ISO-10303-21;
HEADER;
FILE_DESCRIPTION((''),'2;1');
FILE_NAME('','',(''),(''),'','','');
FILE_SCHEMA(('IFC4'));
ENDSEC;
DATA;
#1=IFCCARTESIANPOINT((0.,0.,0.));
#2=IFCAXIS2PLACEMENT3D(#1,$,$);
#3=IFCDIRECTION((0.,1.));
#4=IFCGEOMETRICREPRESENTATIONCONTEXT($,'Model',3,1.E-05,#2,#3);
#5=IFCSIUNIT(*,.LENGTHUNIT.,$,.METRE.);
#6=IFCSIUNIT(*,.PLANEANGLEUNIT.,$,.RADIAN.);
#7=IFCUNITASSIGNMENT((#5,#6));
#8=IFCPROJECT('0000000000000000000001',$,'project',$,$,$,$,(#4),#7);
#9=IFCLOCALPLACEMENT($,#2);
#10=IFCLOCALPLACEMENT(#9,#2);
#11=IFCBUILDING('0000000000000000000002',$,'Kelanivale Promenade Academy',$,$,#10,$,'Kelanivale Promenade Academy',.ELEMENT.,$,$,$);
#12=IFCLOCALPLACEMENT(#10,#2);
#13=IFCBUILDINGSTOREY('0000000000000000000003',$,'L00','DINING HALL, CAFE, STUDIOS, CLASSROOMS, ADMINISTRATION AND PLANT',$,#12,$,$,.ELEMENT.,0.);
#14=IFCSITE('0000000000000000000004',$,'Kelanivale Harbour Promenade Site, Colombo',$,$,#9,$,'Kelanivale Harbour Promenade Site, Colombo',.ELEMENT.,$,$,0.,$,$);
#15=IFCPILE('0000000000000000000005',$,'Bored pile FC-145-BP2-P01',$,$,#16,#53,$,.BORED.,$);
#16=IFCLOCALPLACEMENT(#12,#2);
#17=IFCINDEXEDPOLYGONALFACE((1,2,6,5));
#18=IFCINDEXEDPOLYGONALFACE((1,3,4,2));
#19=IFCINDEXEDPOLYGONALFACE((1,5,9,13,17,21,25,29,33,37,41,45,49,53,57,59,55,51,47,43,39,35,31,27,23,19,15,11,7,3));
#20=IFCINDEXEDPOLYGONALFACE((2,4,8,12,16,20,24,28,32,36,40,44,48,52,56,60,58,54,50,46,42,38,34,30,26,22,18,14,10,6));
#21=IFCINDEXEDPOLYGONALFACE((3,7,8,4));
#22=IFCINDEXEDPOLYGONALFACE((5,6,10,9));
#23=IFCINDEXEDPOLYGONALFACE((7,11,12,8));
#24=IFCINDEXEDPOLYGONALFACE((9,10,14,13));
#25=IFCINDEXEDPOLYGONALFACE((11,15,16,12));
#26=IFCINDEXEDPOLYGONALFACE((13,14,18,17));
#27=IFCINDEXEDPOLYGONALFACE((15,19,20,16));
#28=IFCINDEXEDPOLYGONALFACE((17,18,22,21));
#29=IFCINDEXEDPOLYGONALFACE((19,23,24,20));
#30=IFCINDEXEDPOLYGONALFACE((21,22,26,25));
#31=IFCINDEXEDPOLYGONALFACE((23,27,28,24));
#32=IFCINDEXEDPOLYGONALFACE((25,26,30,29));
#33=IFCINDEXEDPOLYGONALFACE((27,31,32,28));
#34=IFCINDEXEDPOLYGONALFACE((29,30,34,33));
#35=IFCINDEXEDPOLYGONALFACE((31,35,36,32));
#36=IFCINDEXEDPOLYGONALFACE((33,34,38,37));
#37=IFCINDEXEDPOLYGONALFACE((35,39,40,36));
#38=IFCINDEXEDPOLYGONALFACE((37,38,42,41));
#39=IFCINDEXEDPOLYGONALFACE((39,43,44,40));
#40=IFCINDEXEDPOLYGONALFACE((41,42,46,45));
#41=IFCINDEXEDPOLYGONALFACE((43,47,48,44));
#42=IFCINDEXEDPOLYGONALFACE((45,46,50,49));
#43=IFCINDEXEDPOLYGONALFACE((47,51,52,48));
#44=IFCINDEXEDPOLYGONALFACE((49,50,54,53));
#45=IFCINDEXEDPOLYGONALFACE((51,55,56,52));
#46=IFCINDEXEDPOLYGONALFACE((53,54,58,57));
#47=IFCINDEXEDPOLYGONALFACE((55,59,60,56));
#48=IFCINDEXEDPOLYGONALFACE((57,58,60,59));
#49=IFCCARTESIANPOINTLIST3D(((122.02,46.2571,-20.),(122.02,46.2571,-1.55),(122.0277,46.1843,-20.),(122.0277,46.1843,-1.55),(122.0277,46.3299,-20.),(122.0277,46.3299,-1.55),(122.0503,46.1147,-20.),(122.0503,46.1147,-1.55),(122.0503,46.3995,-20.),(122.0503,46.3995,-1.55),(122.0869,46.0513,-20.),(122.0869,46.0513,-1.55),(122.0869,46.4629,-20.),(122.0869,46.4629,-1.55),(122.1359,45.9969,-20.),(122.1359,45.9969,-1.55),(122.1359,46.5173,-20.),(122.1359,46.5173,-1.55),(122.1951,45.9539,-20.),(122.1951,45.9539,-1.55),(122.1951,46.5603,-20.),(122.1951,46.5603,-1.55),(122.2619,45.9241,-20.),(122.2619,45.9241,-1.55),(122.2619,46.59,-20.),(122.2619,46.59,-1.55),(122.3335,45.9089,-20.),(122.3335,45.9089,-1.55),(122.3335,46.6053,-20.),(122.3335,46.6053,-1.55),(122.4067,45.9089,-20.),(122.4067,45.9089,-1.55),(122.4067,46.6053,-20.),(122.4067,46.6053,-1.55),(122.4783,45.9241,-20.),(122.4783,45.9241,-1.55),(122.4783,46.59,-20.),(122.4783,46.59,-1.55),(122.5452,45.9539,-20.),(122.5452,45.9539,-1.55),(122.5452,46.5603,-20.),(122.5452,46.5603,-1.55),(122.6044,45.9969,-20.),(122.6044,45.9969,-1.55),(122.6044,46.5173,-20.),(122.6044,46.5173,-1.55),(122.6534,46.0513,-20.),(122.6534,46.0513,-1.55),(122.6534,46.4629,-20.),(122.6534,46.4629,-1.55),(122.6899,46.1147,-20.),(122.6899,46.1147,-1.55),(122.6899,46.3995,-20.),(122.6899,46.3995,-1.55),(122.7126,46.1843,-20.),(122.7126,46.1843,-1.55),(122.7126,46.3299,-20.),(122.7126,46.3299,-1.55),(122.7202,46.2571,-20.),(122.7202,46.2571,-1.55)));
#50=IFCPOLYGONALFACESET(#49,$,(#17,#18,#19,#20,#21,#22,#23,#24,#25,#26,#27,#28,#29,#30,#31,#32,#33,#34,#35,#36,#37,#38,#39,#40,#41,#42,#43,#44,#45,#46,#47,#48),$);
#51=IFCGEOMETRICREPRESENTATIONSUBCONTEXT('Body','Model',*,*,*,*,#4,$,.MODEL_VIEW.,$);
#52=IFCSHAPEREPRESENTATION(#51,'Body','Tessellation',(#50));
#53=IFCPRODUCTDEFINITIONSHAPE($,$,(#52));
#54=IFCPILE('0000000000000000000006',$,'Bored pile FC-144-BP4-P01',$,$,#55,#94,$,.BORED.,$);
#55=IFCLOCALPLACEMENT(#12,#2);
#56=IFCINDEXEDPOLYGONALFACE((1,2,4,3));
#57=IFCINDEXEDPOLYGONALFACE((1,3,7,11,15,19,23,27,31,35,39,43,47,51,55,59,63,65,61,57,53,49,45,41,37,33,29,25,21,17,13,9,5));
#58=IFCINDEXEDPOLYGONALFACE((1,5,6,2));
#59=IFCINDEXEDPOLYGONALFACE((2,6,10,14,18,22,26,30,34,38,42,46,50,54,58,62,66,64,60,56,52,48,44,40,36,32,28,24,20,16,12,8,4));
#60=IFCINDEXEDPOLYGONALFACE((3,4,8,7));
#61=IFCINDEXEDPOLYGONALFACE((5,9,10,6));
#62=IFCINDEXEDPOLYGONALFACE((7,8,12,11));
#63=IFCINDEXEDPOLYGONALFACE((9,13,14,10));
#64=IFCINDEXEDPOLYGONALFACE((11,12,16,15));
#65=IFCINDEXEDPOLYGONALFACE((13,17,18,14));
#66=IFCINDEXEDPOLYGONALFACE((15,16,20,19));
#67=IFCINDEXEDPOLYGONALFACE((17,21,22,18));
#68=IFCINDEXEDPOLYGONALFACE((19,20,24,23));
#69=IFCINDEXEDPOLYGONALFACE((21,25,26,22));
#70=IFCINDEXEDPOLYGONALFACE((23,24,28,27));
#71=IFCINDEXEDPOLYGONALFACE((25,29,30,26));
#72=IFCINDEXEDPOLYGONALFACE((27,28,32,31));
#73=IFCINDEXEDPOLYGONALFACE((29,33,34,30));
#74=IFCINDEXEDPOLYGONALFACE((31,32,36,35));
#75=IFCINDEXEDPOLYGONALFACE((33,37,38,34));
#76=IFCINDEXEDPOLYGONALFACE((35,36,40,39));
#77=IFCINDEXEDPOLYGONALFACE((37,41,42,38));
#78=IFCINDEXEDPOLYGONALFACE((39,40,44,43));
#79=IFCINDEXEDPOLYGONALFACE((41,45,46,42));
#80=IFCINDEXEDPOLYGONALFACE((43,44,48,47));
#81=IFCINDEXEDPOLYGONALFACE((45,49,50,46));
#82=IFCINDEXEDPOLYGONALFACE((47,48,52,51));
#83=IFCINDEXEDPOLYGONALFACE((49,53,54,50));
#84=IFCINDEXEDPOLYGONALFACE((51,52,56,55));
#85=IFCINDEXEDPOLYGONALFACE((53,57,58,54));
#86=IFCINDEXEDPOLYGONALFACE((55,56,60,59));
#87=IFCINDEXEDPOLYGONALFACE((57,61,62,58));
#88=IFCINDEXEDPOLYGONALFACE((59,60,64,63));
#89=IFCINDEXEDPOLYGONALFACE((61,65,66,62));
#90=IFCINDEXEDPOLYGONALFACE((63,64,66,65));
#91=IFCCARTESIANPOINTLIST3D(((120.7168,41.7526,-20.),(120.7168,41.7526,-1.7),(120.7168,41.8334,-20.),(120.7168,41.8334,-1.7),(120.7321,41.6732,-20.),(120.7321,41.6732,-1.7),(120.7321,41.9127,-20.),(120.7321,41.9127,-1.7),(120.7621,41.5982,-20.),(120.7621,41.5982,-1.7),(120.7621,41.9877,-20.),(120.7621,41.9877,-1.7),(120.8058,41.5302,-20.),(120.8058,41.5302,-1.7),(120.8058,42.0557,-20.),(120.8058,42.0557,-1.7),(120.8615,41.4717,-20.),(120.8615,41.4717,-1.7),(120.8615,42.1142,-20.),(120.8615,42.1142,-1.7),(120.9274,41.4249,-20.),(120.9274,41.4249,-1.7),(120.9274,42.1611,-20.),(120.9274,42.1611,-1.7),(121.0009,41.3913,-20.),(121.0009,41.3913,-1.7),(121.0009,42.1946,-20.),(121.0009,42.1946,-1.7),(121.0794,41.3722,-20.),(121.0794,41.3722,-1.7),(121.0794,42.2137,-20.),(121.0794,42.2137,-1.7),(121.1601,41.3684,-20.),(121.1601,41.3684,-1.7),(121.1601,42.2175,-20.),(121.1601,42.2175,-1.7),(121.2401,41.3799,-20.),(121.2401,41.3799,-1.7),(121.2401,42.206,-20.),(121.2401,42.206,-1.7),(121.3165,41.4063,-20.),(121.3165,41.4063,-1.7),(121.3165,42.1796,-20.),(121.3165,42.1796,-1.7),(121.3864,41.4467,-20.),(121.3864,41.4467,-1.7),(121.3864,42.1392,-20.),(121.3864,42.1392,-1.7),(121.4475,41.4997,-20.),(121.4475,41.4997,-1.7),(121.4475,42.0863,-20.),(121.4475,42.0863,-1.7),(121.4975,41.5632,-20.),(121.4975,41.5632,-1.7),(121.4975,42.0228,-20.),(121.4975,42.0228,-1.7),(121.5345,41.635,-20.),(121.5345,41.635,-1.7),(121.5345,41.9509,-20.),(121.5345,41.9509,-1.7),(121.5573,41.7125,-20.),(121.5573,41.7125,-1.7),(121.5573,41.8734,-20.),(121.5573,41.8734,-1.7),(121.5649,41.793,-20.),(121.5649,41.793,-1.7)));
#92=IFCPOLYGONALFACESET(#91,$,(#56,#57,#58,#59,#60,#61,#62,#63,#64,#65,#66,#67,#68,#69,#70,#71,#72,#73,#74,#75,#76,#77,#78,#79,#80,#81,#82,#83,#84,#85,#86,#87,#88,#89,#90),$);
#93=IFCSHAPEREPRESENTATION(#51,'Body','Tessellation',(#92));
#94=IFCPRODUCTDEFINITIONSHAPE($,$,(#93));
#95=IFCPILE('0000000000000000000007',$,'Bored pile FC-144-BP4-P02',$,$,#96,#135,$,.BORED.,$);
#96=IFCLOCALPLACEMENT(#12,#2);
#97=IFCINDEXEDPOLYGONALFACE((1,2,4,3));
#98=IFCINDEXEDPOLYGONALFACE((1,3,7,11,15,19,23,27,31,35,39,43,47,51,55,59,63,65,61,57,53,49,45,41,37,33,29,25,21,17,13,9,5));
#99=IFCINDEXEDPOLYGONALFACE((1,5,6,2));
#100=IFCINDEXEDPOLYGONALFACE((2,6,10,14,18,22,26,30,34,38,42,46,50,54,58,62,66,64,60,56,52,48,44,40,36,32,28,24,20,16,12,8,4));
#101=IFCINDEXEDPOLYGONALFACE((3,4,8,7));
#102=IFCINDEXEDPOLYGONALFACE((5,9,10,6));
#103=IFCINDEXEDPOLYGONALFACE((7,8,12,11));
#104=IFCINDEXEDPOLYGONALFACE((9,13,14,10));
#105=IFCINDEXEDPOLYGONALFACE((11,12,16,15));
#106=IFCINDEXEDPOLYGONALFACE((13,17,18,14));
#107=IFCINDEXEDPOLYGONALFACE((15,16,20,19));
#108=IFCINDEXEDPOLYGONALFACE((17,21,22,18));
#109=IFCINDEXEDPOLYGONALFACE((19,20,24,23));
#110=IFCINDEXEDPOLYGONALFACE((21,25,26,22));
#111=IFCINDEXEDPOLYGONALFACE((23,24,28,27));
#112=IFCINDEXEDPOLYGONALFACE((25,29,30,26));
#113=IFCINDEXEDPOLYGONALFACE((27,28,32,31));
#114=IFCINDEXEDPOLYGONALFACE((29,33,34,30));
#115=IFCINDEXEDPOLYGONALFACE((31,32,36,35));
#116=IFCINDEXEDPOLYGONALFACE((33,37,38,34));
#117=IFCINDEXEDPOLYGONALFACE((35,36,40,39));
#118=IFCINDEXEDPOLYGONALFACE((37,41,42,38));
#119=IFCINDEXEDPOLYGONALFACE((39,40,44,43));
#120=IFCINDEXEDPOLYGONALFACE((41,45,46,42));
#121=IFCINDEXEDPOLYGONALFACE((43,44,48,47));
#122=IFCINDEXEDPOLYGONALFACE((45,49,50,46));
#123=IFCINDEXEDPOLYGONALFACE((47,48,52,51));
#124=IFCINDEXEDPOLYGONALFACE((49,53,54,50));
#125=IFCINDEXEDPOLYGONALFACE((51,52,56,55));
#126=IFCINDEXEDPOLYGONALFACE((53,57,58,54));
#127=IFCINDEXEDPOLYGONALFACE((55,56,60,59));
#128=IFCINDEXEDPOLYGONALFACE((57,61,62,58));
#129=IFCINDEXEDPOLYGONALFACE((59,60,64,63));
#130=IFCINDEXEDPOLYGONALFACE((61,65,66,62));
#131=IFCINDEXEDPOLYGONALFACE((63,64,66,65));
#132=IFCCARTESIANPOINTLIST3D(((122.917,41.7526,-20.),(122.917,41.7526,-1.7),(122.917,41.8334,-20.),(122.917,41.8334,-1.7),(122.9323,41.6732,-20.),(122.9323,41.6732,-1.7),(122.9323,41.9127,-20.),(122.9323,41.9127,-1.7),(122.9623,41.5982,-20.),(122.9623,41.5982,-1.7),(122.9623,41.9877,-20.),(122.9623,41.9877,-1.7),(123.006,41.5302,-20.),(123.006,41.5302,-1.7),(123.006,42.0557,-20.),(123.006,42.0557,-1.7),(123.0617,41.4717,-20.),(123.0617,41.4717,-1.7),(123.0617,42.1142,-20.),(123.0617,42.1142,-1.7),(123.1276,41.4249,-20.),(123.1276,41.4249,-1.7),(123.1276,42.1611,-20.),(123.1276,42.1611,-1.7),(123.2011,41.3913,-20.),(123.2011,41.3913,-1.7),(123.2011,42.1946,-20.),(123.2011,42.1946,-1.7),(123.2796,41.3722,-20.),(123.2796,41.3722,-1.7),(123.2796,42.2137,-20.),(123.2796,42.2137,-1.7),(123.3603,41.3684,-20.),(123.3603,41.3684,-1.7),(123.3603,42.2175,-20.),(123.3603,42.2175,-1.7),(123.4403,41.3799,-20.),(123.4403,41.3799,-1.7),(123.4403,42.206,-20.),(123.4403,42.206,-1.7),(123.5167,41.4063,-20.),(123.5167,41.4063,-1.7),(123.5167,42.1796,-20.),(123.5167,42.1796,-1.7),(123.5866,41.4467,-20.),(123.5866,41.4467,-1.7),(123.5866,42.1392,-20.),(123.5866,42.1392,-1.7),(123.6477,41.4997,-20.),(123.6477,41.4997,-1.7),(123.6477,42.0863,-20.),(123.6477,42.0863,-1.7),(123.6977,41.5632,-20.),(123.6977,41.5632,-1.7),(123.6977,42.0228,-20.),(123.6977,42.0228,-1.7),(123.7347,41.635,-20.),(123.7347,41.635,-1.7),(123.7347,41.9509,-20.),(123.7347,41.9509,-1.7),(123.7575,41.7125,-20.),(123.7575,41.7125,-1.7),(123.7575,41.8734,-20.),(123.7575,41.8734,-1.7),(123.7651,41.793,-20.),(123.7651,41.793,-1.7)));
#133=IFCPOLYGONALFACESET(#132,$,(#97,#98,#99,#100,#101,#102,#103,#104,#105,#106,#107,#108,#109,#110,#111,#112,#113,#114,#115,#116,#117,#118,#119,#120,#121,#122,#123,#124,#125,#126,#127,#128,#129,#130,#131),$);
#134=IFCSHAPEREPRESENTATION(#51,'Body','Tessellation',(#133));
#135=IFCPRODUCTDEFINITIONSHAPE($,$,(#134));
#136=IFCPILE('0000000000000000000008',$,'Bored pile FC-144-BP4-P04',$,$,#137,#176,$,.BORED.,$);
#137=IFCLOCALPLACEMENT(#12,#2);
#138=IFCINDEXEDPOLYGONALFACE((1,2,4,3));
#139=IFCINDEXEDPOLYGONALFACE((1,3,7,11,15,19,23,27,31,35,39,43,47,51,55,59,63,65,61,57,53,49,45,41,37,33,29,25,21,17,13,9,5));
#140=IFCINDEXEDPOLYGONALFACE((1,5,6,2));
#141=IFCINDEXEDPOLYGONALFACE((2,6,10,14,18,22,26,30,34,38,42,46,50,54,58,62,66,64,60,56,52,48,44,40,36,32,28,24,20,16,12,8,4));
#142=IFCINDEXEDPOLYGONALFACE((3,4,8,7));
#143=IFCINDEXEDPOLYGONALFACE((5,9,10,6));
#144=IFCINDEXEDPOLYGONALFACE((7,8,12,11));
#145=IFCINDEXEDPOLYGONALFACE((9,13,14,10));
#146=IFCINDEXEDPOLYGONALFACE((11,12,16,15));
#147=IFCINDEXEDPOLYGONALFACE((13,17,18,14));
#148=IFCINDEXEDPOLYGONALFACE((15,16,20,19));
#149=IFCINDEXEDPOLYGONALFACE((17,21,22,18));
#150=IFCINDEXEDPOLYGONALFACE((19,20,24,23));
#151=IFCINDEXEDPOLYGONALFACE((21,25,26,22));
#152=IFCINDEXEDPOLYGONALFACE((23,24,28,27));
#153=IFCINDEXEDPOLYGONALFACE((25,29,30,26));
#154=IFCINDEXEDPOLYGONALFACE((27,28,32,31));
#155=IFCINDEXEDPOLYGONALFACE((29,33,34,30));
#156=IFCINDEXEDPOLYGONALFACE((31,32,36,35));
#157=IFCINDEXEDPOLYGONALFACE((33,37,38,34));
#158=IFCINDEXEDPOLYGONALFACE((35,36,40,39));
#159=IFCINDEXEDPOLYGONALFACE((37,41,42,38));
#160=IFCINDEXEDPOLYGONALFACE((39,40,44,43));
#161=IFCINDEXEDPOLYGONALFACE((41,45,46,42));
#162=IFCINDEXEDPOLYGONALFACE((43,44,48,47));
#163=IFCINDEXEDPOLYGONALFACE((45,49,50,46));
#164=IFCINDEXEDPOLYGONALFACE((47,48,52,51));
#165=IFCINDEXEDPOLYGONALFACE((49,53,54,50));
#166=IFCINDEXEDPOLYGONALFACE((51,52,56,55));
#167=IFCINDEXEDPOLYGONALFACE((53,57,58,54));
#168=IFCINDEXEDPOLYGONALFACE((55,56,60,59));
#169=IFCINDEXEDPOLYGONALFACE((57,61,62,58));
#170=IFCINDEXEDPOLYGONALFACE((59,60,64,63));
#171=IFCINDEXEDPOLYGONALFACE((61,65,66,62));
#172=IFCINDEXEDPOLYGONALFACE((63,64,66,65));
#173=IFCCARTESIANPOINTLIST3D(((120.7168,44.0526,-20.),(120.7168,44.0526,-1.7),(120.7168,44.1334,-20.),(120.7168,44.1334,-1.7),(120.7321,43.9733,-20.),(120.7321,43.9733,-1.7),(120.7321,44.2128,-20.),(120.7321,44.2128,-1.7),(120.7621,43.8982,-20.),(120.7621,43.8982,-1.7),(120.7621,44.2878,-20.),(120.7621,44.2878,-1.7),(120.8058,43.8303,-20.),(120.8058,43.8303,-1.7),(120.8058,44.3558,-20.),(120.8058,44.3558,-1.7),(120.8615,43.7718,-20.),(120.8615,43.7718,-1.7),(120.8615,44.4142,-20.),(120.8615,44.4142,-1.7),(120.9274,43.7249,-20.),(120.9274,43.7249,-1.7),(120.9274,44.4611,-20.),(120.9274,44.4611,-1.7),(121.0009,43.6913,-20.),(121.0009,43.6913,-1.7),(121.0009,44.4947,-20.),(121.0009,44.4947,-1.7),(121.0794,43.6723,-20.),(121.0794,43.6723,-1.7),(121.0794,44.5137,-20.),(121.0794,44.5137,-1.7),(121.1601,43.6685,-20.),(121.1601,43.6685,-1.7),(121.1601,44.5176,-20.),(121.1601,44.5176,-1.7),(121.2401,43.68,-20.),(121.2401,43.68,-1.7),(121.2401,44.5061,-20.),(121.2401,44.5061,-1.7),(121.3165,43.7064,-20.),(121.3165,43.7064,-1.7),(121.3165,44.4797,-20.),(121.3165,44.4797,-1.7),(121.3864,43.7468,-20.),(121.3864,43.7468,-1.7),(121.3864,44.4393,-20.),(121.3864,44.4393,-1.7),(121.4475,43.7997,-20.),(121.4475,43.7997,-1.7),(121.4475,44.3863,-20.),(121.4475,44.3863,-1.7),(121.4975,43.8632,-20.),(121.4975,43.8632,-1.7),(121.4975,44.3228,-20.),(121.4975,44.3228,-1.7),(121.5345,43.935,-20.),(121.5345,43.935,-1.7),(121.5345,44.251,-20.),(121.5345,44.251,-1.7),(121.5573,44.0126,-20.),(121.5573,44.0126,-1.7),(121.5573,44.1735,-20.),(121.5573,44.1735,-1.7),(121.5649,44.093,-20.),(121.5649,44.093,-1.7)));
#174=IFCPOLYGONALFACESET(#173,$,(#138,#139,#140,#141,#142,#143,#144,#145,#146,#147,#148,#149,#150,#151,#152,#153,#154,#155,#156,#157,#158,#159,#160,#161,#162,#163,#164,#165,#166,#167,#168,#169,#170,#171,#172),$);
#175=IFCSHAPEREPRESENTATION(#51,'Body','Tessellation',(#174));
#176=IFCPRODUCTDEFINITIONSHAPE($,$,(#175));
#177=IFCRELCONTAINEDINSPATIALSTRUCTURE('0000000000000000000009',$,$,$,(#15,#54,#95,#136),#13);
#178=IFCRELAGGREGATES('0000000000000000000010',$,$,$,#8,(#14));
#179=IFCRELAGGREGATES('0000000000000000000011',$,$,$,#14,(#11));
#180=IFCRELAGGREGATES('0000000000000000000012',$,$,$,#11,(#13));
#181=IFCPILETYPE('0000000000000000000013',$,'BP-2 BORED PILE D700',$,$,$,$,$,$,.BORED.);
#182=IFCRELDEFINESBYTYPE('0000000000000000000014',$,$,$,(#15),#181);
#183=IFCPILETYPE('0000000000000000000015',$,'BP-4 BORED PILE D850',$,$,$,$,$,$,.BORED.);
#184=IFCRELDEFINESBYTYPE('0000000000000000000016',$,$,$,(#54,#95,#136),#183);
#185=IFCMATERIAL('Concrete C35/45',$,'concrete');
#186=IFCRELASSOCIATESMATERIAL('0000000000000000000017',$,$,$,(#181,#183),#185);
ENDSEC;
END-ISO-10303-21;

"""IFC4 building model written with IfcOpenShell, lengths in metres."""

from ifc_helpers import new_model, si_unit, direction, frame, origin, origin_2d, place, context, subcontext, project, spatial, circle, extrude, material, material_profile, profile_set, type_object, element, save


model = new_model("IFC4")

# Units and contexts
model_context = context("Model", 3, precision=1e-05, world=origin(), true_north=direction((0.0, 1.0)))
body_context = subcontext(model_context, "Body", "Model", "MODEL_VIEW")
ifc_project = project(units=[si_unit("LENGTHUNIT", "METRE"), si_unit("PLANEANGLEUNIT", "RADIAN")], contexts=[model_context])

# Site, building, storey
site_placement = place(None, origin())
site = spatial("IfcSite", under=ifc_project, at=site_placement, Name="Kelanivale Harbour Promenade Site, Colombo", LongName="Kelanivale Harbour Promenade Site, Colombo", CompositionType="ELEMENT", RefElevation=0.0)
building_placement = place(site_placement, origin())
building = spatial("IfcBuilding", under=site, at=building_placement, Name="Kelanivale Promenade Academy", LongName="Kelanivale Promenade Academy", CompositionType="ELEMENT")
storey_placement = place(building_placement, origin())
storey = spatial("IfcBuildingStorey", under=building, at=storey_placement, Name="L00", Description="DINING HALL, CAFE, STUDIOS, CLASSROOMS, ADMINISTRATION AND PLANT", CompositionType="ELEMENT", Elevation=0.0)

# Piles
ifc_material_1 = material(Name="Concrete C35/45", Category="concrete")
ifc_material_profile_1 = material_profile(ifc_material_1, circle(Radius=0.3501, at=origin_2d()), Name="BORED PILE D700")
ifc_profile_set_1 = profile_set([ifc_material_profile_1], Name="Concrete C35/45")
pile_type_1 = type_object("IfcPileType", Name="BP-2 BORED PILE D700", PredefinedType="BORED", material=ifc_profile_set_1)
pile_placement = place(storey_placement, frame((122.3701, 46.2571, -1.55), z_axis=(0.0, 0.0, -1.0), x_axis=(1.0, 0.0, 0.0)))
element("IfcPile", 1, at=pile_placement, inside=storey, type_object=pile_type_1, Name="Bored pile FC-145-BP2-P01", PredefinedType="BORED", context=body_context, shape_type="SweptSolid", body=[
    extrude(circle(Radius=0.3501, at=origin_2d()), origin(), (0.0, 0.0, 1.0), 18.45),
])
ifc_material_profile_2 = material_profile(ifc_material_1, circle(Radius=0.425, at=origin_2d()), Name="BORED PILE D850")
ifc_profile_set_2 = profile_set([ifc_material_profile_2], Name="Concrete C35/45")
pile_type_2 = type_object("IfcPileType", Name="BP-4 BORED PILE D850", PredefinedType="BORED", material=ifc_profile_set_2)
for number, where, z_axis, x_axis, name in (
    (2, (121.1399, 41.793, -1.7), (0.0, 0.0, -1.0), (1.0, 0.0, 0.0), "Bored pile FC-144-BP4-P01"),
    (3, (123.3401, 41.793, -1.7), (0.0, 0.0, -1.0), (1.0, 0.0, 0.0), "Bored pile FC-144-BP4-P02"),
    (4, (121.1399, 44.093, -1.7), (0.0, 0.0, -1.0), (1.0, 0.0, 0.0), "Bored pile FC-144-BP4-P04"),
):
    element("IfcPile", number, at=place(storey_placement, frame(where, z_axis=z_axis, x_axis=x_axis)), inside=storey, type_object=pile_type_2, Name=name, PredefinedType="BORED", context=body_context, shape_type="SweptSolid", body=[
        extrude(circle(Radius=0.425, at=origin_2d()), origin(), (0.0, 0.0, 1.0), 18.3),
    ])

save(model, "model.ifc")
